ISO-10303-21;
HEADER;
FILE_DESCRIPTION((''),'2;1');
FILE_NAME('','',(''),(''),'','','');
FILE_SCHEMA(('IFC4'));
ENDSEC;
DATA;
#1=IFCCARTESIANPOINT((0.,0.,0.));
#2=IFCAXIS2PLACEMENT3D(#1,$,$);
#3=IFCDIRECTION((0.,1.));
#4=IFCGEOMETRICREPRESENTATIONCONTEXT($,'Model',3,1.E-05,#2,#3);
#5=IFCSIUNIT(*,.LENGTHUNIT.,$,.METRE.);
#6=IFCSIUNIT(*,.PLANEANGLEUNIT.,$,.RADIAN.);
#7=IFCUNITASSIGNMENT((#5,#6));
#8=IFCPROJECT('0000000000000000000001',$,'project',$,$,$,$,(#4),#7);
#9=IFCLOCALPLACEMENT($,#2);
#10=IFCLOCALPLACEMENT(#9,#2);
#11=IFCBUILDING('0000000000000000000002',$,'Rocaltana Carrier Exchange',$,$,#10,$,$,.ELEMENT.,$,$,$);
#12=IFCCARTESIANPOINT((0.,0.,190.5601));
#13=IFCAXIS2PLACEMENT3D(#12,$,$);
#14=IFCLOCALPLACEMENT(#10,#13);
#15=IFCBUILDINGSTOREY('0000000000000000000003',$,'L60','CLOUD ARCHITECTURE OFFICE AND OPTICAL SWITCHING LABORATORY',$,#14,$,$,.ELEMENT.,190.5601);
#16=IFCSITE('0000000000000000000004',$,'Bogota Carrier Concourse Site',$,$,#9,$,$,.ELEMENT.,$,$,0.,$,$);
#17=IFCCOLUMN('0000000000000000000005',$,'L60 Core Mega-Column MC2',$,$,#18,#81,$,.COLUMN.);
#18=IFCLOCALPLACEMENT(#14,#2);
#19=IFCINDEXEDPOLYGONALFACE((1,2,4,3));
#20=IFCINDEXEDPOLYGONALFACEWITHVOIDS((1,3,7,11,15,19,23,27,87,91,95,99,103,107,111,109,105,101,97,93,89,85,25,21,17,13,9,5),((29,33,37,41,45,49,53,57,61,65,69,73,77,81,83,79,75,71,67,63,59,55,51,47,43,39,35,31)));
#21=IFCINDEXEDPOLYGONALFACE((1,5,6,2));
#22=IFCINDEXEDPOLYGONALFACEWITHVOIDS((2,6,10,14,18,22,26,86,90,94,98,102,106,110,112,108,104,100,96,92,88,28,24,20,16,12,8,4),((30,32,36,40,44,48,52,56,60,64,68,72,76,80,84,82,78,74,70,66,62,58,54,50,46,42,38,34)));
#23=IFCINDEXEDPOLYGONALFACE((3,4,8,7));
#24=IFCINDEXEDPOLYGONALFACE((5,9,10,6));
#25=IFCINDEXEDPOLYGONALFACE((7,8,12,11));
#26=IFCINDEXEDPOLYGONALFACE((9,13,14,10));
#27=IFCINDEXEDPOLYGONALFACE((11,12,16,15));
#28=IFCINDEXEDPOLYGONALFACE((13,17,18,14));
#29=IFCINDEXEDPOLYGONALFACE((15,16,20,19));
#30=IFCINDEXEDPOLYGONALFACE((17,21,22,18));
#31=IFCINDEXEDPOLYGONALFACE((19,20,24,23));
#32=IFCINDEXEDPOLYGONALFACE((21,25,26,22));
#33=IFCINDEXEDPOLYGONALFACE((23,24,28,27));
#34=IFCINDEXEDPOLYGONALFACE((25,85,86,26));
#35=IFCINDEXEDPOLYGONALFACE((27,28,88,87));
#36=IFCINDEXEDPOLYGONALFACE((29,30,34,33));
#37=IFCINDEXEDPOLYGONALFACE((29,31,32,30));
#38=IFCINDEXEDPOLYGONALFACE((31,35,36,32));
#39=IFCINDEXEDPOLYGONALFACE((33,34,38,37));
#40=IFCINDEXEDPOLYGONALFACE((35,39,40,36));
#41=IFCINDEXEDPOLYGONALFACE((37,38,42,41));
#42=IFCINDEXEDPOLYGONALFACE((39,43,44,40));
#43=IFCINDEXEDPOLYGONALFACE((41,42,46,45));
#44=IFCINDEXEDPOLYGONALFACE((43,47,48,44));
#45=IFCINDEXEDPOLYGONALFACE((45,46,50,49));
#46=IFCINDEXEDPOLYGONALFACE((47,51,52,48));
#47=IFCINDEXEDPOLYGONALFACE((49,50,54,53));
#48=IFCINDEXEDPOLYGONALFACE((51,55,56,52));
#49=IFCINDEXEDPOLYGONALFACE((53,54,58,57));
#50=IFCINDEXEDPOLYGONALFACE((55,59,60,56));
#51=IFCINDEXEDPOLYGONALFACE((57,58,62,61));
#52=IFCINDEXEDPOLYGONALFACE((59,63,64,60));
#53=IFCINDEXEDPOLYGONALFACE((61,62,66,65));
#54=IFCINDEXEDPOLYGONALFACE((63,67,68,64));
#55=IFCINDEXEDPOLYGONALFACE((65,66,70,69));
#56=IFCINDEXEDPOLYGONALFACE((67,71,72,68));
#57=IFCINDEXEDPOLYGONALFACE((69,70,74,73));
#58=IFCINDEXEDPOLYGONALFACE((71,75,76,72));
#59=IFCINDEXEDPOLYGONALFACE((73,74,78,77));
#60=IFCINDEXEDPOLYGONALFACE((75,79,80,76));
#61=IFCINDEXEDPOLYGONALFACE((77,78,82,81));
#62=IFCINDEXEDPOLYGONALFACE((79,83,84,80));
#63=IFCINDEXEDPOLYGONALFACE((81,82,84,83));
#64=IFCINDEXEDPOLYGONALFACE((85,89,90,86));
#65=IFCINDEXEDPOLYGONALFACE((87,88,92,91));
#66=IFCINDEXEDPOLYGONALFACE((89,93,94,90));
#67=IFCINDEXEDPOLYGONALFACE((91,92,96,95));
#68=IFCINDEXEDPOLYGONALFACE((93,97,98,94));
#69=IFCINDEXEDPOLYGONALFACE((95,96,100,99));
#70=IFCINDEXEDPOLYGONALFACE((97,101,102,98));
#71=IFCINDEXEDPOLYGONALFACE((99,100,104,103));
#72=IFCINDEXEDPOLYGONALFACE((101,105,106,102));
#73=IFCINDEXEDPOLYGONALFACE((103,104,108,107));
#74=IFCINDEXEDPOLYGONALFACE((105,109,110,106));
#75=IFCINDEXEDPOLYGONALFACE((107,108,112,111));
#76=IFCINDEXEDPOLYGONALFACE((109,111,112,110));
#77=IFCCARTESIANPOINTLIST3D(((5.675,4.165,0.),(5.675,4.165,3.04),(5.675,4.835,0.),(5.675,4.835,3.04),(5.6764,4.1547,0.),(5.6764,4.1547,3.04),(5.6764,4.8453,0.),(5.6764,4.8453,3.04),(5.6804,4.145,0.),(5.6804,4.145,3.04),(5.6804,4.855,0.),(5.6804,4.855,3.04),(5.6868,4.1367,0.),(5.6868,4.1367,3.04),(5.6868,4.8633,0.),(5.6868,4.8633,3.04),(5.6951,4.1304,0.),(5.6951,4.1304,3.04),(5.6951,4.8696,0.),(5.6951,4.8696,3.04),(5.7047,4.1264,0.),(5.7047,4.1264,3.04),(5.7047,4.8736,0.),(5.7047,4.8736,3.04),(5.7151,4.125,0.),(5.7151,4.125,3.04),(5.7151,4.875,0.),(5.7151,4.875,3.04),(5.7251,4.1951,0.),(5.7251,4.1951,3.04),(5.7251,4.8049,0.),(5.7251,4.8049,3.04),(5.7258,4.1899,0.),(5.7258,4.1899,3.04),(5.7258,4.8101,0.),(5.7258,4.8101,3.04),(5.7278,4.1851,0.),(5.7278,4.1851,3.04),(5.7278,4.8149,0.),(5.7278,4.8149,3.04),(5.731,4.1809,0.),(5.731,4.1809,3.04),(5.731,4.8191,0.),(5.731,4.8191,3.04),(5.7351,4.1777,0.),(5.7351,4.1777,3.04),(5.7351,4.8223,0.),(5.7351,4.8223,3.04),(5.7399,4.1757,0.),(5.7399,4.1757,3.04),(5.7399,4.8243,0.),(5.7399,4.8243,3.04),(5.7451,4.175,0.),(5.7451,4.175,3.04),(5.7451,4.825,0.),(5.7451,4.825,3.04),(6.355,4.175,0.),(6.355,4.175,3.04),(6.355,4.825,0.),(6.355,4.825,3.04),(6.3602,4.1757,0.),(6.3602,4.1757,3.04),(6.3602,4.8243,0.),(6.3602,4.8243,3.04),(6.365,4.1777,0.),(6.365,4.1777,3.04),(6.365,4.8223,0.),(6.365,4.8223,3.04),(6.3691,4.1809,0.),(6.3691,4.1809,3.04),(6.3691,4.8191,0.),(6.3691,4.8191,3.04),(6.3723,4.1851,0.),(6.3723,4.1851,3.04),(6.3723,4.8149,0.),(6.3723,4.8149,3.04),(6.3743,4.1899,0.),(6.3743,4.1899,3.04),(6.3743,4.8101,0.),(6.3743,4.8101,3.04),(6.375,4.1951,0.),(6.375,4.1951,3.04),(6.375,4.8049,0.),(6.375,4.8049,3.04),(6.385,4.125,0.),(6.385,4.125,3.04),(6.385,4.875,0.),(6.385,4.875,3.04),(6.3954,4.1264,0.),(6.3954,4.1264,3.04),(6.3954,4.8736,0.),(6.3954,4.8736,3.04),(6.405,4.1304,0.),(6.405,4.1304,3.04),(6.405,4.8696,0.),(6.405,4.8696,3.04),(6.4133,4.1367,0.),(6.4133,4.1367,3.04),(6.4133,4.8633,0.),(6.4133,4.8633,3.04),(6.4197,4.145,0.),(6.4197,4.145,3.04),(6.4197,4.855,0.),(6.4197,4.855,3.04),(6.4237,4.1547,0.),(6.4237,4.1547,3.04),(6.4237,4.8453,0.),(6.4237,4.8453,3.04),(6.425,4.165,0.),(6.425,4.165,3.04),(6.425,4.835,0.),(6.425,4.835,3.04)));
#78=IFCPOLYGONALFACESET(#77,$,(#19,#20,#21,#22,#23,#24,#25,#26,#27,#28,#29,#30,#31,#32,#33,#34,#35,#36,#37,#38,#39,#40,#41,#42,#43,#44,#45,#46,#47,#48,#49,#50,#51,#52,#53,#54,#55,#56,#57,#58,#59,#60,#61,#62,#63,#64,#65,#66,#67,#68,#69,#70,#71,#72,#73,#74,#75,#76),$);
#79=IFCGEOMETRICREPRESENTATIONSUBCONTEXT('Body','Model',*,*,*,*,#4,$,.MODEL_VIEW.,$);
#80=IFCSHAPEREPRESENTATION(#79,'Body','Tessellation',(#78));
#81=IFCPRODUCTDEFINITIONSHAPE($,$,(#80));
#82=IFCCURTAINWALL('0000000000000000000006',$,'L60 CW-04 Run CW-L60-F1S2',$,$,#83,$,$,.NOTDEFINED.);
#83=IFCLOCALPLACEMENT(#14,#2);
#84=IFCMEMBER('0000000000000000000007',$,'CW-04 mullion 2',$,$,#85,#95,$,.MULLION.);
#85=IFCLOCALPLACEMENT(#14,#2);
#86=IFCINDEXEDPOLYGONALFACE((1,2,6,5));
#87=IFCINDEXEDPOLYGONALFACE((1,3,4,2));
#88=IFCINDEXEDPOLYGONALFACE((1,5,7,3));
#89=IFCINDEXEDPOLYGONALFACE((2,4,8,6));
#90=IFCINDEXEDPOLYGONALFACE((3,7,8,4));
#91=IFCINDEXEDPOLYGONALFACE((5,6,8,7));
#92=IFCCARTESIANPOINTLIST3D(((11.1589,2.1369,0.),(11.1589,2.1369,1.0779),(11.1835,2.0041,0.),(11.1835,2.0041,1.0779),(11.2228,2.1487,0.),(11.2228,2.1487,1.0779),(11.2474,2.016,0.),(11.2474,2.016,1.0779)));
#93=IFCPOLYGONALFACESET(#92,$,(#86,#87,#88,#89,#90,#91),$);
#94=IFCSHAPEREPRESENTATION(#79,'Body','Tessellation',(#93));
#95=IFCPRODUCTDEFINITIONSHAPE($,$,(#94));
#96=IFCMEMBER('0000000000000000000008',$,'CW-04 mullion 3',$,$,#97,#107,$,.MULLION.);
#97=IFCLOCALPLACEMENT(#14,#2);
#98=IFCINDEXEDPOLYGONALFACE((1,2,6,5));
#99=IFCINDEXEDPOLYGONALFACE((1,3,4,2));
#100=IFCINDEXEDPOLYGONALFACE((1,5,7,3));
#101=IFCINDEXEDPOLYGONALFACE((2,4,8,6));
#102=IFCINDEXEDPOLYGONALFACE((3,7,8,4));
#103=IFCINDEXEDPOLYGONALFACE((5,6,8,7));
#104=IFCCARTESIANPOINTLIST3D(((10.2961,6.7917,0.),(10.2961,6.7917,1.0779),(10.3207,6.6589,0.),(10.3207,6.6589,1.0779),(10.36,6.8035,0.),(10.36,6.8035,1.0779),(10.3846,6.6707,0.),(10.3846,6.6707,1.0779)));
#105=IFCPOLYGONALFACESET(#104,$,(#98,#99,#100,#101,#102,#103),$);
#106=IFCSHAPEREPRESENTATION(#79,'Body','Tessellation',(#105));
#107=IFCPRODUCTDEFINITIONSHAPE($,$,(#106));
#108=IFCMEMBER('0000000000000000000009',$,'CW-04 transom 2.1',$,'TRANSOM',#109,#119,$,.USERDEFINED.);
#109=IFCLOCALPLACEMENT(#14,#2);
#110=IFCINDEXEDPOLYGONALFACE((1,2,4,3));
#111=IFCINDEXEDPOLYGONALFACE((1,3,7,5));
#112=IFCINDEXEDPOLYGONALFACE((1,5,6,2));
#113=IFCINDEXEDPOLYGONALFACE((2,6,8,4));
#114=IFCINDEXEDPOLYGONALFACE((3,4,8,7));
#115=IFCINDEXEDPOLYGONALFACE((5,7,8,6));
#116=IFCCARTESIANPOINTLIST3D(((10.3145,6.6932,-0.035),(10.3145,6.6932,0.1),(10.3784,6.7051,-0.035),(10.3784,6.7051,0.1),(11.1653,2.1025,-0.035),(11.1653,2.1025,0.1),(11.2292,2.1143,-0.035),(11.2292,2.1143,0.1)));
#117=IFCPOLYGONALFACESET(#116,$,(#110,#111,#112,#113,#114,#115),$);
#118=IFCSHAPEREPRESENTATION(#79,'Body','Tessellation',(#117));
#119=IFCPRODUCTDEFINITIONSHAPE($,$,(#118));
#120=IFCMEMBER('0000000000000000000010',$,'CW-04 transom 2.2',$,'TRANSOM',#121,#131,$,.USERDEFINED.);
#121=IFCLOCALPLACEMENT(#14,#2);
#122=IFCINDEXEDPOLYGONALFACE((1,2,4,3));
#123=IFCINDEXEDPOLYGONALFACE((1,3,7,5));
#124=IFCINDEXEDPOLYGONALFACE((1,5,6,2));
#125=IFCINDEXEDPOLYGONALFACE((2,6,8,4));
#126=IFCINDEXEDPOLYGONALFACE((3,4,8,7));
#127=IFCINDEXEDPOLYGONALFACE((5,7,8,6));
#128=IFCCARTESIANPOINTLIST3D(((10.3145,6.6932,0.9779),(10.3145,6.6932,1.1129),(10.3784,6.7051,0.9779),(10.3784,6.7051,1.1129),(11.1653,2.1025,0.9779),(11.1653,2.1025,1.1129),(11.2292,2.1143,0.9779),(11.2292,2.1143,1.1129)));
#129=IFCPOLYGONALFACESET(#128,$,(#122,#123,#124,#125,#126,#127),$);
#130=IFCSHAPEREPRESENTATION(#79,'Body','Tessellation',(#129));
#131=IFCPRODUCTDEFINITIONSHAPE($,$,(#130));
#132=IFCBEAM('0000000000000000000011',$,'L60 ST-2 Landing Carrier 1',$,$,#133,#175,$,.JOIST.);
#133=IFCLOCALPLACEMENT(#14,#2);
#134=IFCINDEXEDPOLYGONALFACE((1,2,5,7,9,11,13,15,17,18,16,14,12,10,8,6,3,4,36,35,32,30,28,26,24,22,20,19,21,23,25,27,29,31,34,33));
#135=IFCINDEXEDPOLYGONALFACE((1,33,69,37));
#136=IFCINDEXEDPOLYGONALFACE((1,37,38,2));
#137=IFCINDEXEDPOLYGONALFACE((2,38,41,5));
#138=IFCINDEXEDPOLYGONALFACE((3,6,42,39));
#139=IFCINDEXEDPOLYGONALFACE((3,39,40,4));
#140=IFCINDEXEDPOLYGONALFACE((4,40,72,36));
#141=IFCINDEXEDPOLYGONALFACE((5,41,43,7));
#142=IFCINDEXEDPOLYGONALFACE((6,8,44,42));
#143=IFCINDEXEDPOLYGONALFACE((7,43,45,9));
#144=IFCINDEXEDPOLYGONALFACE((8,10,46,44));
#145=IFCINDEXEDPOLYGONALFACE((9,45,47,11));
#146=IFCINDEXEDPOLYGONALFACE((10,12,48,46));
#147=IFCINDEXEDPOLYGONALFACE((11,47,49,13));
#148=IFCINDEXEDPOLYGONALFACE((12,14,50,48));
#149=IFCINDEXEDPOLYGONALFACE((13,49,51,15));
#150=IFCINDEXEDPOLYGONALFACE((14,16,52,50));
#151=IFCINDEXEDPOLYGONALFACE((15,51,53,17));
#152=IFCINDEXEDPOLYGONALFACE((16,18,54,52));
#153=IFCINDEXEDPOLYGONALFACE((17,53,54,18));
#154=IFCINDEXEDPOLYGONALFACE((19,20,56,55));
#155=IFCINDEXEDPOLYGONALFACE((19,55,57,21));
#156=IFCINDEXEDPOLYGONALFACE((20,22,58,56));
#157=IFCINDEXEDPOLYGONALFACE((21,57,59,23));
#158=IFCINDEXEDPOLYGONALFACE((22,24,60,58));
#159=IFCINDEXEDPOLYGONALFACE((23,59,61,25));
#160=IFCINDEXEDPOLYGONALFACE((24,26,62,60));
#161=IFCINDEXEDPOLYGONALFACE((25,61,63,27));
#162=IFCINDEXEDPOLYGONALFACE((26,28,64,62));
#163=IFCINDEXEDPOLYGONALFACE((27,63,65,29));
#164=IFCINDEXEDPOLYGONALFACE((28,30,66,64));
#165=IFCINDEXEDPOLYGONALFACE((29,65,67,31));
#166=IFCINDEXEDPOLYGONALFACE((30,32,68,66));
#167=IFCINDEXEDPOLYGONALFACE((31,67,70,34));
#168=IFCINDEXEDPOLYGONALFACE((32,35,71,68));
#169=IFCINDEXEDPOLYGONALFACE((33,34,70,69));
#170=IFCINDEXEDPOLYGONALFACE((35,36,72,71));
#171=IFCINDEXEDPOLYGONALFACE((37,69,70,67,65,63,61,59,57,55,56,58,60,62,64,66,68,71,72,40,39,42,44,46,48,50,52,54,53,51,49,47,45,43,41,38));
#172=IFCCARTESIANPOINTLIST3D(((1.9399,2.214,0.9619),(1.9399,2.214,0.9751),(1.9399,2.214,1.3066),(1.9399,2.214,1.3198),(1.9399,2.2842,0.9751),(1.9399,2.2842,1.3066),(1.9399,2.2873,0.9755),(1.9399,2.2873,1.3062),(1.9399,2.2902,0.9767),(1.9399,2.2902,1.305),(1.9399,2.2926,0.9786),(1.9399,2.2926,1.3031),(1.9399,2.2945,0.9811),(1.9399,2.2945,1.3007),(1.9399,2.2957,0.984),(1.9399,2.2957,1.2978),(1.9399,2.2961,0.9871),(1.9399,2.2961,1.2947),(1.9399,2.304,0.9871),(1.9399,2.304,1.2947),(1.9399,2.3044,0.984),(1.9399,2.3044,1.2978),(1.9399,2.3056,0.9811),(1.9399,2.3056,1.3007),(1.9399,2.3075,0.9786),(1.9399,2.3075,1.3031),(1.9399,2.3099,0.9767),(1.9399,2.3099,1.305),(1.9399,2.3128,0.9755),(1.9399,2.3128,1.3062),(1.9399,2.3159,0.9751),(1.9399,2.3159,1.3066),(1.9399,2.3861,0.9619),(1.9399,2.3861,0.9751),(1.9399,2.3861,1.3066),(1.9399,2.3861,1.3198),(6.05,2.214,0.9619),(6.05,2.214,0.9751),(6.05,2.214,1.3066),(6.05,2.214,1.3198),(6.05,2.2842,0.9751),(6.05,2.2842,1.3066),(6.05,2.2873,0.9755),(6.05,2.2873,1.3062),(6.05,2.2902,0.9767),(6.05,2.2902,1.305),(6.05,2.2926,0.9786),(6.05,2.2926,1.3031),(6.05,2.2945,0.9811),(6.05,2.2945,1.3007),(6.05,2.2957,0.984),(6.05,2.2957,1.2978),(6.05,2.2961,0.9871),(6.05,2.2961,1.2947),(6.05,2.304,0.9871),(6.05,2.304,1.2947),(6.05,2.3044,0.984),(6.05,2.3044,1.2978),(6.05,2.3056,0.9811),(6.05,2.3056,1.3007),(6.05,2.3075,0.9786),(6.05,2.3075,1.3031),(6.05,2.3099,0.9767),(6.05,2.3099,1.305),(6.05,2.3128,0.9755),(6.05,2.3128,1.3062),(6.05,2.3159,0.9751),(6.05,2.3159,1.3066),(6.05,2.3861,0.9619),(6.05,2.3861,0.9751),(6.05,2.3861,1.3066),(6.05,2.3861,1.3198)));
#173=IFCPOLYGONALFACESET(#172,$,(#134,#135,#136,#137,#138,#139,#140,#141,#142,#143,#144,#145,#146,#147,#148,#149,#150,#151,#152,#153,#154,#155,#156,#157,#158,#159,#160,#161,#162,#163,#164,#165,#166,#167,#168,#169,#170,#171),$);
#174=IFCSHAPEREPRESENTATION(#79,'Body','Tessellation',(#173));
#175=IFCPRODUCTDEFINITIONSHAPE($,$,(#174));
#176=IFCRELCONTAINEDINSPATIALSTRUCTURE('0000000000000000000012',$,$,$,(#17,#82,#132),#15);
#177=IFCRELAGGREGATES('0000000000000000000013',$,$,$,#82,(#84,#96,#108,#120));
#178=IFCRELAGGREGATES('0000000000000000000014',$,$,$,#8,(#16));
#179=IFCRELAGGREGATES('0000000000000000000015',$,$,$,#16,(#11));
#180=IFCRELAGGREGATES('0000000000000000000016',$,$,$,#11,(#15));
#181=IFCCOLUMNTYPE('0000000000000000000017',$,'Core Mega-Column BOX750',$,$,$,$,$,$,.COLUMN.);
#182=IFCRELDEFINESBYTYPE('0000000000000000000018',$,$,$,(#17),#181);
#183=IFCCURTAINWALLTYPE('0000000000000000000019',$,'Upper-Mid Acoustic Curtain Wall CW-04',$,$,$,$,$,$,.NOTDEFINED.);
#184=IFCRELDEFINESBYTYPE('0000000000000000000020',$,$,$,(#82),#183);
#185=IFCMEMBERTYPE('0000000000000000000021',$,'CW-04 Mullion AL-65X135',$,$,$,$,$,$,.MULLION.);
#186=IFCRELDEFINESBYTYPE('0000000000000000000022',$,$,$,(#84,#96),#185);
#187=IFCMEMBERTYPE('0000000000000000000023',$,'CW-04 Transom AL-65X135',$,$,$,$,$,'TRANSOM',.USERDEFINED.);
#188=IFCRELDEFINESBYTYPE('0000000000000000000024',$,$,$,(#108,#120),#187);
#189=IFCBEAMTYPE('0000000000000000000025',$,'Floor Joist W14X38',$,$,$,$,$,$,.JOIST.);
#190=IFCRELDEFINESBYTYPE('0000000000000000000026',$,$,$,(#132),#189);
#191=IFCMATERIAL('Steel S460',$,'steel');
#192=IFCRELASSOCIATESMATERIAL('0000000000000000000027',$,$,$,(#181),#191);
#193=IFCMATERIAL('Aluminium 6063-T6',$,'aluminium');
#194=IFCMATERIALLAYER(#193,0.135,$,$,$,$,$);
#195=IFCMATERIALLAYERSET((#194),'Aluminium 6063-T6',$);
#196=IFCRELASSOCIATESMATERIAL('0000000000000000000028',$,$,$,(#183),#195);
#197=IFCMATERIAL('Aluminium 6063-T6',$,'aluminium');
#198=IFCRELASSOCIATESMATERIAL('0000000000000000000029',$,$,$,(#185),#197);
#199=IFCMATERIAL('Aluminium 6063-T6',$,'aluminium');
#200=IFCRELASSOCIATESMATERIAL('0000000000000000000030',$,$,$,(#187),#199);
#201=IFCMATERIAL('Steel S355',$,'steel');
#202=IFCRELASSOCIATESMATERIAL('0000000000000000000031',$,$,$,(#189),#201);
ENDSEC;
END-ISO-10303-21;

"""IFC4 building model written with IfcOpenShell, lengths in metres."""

from ifc_helpers import new_model, si_unit, direction, frame, origin, origin_2d, place, context, subcontext, project, spatial, rectangle, hollow_rectangle, i_section, extrude, material, layer, layer_set, material_profile, profile_set, type_object, element, aggregate, save


model = new_model("IFC4")

# Units and contexts
model_context = context("Model", 3, precision=1e-05, world=origin(), true_north=direction((0.0, 1.0)))
body_context = subcontext(model_context, "Body", "Model", "MODEL_VIEW")
ifc_project = project(units=[si_unit("LENGTHUNIT", "METRE"), si_unit("PLANEANGLEUNIT", "RADIAN")], contexts=[model_context])

# Site, building, storey
site_placement = place(None, origin())
site = spatial("IfcSite", under=ifc_project, at=site_placement, Name="Bogota Carrier Concourse Site", CompositionType="ELEMENT", RefElevation=0.0)
building_placement = place(site_placement, origin())
building = spatial("IfcBuilding", under=site, at=building_placement, Name="Rocaltana Carrier Exchange", CompositionType="ELEMENT")
storey_placement = place(building_placement, frame((0.0, 0.0, 190.5601)))
storey = spatial("IfcBuildingStorey", under=building, at=storey_placement, Name="L60", Description="CLOUD ARCHITECTURE OFFICE AND OPTICAL SWITCHING LABORATORY", CompositionType="ELEMENT", Elevation=190.5601)

# Column
ifc_material_1 = material(Name="Steel S460", Category="steel")
ifc_material_profile_1 = material_profile(ifc_material_1, hollow_rectangle(XDim=0.75, YDim=0.75, WallThickness=0.05, InnerFilletRadius=0.02, OuterFilletRadius=0.04, at=origin_2d()), Name="BOX750X750X50")
ifc_profile_set_1 = profile_set([ifc_material_profile_1], Name="Steel S460")
column_type = type_object("IfcColumnType", Name="Core Mega-Column BOX750", PredefinedType="COLUMN", material=ifc_profile_set_1)
column_placement = place(storey_placement, frame((6.05, 4.5, 0.0), z_axis=(0.0, 0.0, 1.0), x_axis=(1.0, 0.0, 0.0)))
element("IfcColumn", 1, at=column_placement, inside=storey, type_object=column_type, Name="L60 Core Mega-Column MC2", PredefinedType="COLUMN", context=body_context, shape_type="SweptSolid", body=[
    extrude(hollow_rectangle(XDim=0.75, YDim=0.75, WallThickness=0.05, InnerFilletRadius=0.02, OuterFilletRadius=0.04, at=origin_2d()), origin(), (0.0, 0.0, 1.0), 3.04),
])

# Curtain wall, members
ifc_material_2 = material(Name="Aluminium 6063-T6", Category="aluminium")
ifc_layer_1 = layer(ifc_material_2, 0.135)
ifc_layer_set_1 = layer_set([ifc_layer_1], Name="Aluminium 6063-T6")
curtain_wall_type = type_object("IfcCurtainWallType", Name="Upper-Mid Acoustic Curtain Wall CW-04", PredefinedType="NOTDEFINED", material=ifc_layer_set_1)
curtain_wall_placement = place(storey_placement, origin())
curtain_wall = element("IfcCurtainWall", 2, at=curtain_wall_placement, inside=storey, type_object=curtain_wall_type, Name="L60 CW-04 Run CW-L60-F1S2", PredefinedType="NOTDEFINED")
ifc_material_3 = material(Name="Aluminium 6063-T6", Category="aluminium")
ifc_material_profile_2 = material_profile(ifc_material_3, rectangle(XDim=0.0649, YDim=0.135, at=origin_2d()), Name="AL-65X135")
ifc_profile_set_2 = profile_set([ifc_material_profile_2], Name="Aluminium 6063-T6")
member_type_1 = type_object("IfcMemberType", Name="CW-04 Mullion AL-65X135", PredefinedType="MULLION", material=ifc_profile_set_2)
member_1_placement = place(storey_placement, frame((11.2031, 2.0764, 0.0), z_axis=(0.0, 0.0, 1.0), x_axis=(-0.983255, -0.182236, 0.0)))
member_1 = element("IfcMember", 3, at=member_1_placement, type_object=member_type_1, Name="CW-04 mullion 2", PredefinedType="MULLION", context=body_context, shape_type="SweptSolid", body=[
    extrude(rectangle(XDim=0.0649, YDim=0.135, at=origin_2d()), origin(), (0.0, 0.0, 1.0), 1.0779),
])
member_2_placement = place(storey_placement, frame((10.3403, 6.7312, 0.0), z_axis=(0.0, 0.0, 1.0), x_axis=(-0.983255, -0.182236, 0.0)))
member_2 = element("IfcMember", 4, at=member_2_placement, type_object=member_type_1, Name="CW-04 mullion 3", PredefinedType="MULLION", context=body_context, shape_type="SweptSolid", body=[
    extrude(rectangle(XDim=0.0649, YDim=0.135, at=origin_2d()), origin(), (0.0, 0.0, 1.0), 1.0779),
])
ifc_material_4 = material(Name="Aluminium 6063-T6", Category="aluminium")
ifc_material_profile_3 = material_profile(ifc_material_4, rectangle(XDim=0.0649, YDim=0.135, at=origin_2d()), Name="AL-65X135")
ifc_profile_set_3 = profile_set([ifc_material_profile_3], Name="Aluminium 6063-T6")
member_type_2 = type_object("IfcMemberType", Name="CW-04 Transom AL-65X135", ElementType="TRANSOM", PredefinedType="USERDEFINED", material=ifc_profile_set_3)
member_3_placement = place(storey_placement, frame((11.1973, 2.1084, 0.0325), z_axis=(-0.18223, 0.983256, 0.0), x_axis=(-0.983256, -0.18223, 0.0)))
member_3 = element("IfcMember", 5, at=member_3_placement, type_object=member_type_2, Name="CW-04 transom 2.1", ObjectType="TRANSOM", PredefinedType="USERDEFINED", context=body_context, shape_type="SweptSolid", body=[
    extrude(rectangle(XDim=0.0649, YDim=0.135, at=origin_2d()), origin(), (0.0, 0.0, 1.0), 4.6689),
])
member_4_placement = place(storey_placement, frame((11.1973, 2.1084, 1.0454), z_axis=(-0.18223, 0.983256, 0.0), x_axis=(-0.983256, -0.18223, 0.0)))
member_4 = element("IfcMember", 6, at=member_4_placement, type_object=member_type_2, Name="CW-04 transom 2.2", ObjectType="TRANSOM", PredefinedType="USERDEFINED", context=body_context, shape_type="SweptSolid", body=[
    extrude(rectangle(XDim=0.0649, YDim=0.135, at=origin_2d()), origin(), (0.0, 0.0, 1.0), 4.6689),
])

# Beam
ifc_material_5 = material(Name="Steel S355", Category="steel")
ifc_material_profile_4 = material_profile(ifc_material_5, i_section(OverallWidth=0.1721, OverallDepth=0.3579, WebThickness=0.0078, FlangeThickness=0.0132, FilletRadius=0.012, at=origin_2d()), Name="W14X38")
ifc_profile_set_4 = profile_set([ifc_material_profile_4], Name="Steel S355")
beam_type_1 = type_object("IfcBeamType", Name="Floor Joist W14X38", PredefinedType="JOIST", material=ifc_profile_set_4)
for number, where, z_axis, x_axis, name in (
    (7, (1.9399, 2.3, 1.1409), (1.0, 0.0, 0.0), (0.0, 1.0, 0.0), "L60 ST-2 Landing Carrier 1"),
):
    element("IfcBeam", number, at=place(storey_placement, frame(where, z_axis=z_axis, x_axis=x_axis)), inside=storey, type_object=beam_type_1, Name=name, PredefinedType="JOIST", context=body_context, shape_type="SweptSolid", body=[
        extrude(i_section(OverallWidth=0.1721, OverallDepth=0.3579, WebThickness=0.0078, FlangeThickness=0.0132, FilletRadius=0.012, at=origin_2d()), origin(), (0.0, 0.0, 1.0), 4.1101),
    ])

aggregate(curtain_wall, [member_1, member_2, member_3, member_4])

save(model, "model.ifc")
